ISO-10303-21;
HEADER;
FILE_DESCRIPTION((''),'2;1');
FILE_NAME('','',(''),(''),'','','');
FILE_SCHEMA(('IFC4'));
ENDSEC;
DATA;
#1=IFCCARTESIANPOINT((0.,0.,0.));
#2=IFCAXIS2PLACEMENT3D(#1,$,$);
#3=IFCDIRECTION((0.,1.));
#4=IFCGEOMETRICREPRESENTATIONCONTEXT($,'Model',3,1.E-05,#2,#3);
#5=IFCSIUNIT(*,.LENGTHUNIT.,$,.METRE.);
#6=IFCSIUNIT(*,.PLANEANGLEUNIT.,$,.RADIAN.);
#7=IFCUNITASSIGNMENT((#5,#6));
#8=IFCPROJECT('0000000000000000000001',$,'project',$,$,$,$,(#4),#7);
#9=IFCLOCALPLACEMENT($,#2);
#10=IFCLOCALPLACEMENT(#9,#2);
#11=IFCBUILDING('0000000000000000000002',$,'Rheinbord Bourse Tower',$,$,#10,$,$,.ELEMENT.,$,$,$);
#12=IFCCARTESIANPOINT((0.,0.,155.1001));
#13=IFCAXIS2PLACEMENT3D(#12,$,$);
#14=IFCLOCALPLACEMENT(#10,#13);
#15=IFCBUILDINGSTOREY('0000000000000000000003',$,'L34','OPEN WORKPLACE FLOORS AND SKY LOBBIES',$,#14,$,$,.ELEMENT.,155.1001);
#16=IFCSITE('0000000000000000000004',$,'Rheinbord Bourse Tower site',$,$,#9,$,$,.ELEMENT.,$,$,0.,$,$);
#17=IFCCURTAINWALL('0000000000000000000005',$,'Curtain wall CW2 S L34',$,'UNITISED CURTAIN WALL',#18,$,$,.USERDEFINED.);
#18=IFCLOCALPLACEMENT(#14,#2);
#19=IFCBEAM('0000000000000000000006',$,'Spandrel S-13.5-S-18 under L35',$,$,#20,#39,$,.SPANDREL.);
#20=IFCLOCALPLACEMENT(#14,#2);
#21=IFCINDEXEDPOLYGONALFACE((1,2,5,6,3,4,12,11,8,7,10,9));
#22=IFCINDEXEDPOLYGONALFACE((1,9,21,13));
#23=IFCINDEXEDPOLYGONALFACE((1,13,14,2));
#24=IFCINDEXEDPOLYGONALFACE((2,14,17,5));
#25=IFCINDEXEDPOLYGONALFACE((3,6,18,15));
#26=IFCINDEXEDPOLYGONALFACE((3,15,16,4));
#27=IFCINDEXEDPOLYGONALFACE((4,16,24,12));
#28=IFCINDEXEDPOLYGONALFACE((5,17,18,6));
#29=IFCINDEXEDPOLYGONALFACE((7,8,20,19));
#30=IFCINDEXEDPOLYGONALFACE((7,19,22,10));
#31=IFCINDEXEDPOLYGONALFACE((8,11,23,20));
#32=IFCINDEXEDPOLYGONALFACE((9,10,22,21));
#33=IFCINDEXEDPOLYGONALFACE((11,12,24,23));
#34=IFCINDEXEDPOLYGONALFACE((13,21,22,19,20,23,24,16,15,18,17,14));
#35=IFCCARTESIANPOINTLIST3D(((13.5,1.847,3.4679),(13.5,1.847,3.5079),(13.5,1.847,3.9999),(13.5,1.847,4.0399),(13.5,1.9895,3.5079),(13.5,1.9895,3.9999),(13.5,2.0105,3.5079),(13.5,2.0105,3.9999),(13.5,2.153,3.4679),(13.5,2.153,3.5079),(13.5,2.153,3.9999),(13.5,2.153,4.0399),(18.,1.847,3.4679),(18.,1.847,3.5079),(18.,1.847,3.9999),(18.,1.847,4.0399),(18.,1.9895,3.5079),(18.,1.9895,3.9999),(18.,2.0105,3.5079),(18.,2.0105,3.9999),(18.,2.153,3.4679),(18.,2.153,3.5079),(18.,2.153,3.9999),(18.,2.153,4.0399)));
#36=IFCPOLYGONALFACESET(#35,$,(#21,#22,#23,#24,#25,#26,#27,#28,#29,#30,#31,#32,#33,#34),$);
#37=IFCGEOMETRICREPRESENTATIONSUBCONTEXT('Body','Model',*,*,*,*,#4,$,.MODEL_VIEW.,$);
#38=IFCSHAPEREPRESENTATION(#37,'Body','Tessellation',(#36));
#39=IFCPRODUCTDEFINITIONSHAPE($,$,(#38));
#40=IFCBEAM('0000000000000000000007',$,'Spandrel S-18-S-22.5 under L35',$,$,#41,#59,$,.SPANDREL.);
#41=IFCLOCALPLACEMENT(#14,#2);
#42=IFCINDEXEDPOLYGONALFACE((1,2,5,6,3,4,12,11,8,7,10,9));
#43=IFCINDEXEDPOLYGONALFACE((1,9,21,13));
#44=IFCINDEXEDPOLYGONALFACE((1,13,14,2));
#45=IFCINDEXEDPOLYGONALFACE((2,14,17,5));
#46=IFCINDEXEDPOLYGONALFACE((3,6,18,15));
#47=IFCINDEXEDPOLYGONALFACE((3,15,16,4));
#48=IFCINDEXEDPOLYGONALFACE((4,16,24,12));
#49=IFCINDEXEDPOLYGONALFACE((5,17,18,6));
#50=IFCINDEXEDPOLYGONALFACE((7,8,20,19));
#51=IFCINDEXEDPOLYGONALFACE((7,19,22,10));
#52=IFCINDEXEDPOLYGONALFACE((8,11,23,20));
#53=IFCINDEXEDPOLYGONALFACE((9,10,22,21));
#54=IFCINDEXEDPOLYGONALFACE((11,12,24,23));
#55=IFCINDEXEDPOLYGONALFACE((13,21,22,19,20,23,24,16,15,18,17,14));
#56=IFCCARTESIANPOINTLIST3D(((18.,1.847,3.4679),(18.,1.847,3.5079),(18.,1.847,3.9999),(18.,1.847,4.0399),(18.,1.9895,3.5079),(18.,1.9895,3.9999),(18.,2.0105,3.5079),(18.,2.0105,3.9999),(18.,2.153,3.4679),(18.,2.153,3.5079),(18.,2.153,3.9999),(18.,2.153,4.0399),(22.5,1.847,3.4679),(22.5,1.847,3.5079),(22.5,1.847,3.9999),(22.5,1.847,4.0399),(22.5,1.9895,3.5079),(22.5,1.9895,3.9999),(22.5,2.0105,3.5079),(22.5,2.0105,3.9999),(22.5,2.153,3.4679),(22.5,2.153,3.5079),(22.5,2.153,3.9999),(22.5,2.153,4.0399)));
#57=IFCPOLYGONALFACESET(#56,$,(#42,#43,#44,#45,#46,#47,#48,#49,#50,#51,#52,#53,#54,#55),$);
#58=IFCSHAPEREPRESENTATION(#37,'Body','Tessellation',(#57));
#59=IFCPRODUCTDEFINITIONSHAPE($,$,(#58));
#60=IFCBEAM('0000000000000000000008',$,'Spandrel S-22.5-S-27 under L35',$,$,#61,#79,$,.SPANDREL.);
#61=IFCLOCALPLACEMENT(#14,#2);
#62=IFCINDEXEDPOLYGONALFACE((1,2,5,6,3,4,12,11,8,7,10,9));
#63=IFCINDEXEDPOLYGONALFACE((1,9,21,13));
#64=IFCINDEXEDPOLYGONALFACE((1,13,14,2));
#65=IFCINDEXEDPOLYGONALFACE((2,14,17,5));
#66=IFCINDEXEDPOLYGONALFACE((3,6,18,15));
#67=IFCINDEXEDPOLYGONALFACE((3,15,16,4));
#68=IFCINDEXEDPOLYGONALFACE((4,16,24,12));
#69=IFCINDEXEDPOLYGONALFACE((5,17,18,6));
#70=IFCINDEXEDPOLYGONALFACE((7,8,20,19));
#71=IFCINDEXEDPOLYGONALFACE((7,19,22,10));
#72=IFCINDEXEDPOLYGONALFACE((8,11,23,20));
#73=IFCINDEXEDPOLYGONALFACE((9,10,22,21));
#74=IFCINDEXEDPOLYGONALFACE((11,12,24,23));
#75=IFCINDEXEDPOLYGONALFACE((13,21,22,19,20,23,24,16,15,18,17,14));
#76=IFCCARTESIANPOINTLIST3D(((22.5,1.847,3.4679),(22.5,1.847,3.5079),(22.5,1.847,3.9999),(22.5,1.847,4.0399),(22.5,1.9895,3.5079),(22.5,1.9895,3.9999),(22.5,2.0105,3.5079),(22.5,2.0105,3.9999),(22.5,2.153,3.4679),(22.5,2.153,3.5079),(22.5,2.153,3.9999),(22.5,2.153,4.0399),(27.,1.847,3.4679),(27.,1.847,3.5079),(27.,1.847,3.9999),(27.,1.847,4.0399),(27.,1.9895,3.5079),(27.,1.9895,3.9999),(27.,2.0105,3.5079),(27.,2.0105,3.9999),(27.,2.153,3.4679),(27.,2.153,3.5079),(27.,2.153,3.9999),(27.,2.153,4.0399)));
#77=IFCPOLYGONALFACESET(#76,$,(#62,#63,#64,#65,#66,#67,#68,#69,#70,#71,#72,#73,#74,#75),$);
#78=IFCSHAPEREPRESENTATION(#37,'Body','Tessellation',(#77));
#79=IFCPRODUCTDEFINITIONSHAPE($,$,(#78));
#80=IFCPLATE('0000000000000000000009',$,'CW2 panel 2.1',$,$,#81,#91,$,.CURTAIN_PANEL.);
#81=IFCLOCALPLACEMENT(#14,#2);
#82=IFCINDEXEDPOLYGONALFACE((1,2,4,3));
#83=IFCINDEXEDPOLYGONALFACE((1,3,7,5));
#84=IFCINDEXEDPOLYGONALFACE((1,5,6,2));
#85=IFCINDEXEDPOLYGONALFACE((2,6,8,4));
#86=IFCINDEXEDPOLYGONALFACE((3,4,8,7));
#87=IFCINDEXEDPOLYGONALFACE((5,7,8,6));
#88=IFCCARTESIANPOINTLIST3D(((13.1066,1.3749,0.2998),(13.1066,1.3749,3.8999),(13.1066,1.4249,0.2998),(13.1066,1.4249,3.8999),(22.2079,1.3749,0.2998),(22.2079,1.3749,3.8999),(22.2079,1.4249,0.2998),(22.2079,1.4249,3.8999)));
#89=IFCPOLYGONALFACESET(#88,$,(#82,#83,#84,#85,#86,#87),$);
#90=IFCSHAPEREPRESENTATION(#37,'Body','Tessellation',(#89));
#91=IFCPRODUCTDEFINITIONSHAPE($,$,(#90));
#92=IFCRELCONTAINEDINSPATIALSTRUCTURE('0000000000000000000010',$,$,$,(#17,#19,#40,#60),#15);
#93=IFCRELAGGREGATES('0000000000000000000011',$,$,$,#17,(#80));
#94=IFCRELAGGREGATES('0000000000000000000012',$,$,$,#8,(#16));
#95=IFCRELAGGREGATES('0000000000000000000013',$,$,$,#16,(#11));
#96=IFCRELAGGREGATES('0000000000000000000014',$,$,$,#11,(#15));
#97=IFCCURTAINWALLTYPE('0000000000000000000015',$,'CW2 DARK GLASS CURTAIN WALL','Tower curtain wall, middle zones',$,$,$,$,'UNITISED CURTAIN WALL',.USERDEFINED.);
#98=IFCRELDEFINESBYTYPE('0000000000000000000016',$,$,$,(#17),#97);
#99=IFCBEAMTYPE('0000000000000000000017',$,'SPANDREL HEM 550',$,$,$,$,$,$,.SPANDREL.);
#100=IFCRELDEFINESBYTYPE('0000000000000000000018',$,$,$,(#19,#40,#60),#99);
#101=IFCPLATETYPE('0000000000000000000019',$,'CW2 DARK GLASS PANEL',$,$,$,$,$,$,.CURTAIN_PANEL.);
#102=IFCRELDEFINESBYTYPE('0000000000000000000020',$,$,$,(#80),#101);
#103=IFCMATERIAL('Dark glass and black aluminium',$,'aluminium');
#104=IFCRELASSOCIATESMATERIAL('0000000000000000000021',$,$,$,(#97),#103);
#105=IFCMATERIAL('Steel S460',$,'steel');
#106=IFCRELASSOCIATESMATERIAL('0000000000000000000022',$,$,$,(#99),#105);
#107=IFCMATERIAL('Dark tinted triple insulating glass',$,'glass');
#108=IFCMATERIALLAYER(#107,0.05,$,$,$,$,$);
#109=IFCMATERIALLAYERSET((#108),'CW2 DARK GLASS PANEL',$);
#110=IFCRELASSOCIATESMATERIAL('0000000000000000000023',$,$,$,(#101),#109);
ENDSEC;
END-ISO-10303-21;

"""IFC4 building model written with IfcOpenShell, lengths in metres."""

from ifc_helpers import new_model, si_unit, direction, frame, origin, origin_2d, place, context, subcontext, project, spatial, rectangle, i_section, extrude, material, layer, layer_set, material_profile, profile_set, type_object, element, aggregate, save


model = new_model("IFC4")

# Units and contexts
model_context = context("Model", 3, precision=1e-05, world=origin(), true_north=direction((0.0, 1.0)))
body_context = subcontext(model_context, "Body", "Model", "MODEL_VIEW")
ifc_project = project(units=[si_unit("LENGTHUNIT", "METRE"), si_unit("PLANEANGLEUNIT", "RADIAN")], contexts=[model_context])

# Site, building, storey
site_placement = place(None, origin())
site = spatial("IfcSite", under=ifc_project, at=site_placement, Name="Rheinbord Bourse Tower site", CompositionType="ELEMENT", RefElevation=0.0)
building_placement = place(site_placement, origin())
building = spatial("IfcBuilding", under=site, at=building_placement, Name="Rheinbord Bourse Tower", CompositionType="ELEMENT")
storey_placement = place(building_placement, frame((0.0, 0.0, 155.1001)))
storey = spatial("IfcBuildingStorey", under=building, at=storey_placement, Name="L34", Description="OPEN WORKPLACE FLOORS AND SKY LOBBIES", CompositionType="ELEMENT", Elevation=155.1001)

# Curtain wall
ifc_material_1 = material(Name="Dark glass and black aluminium", Category="aluminium")
curtain_wall_type = type_object("IfcCurtainWallType", Name="CW2 DARK GLASS CURTAIN WALL", Description="Tower curtain wall, middle zones", ElementType="UNITISED CURTAIN WALL", PredefinedType="USERDEFINED", material=ifc_material_1)
curtain_wall_placement = place(storey_placement, origin())
curtain_wall = element("IfcCurtainWall", 1, at=curtain_wall_placement, inside=storey, type_object=curtain_wall_type, Name="Curtain wall CW2 S L34", ObjectType="UNITISED CURTAIN WALL", PredefinedType="USERDEFINED")

# Beams
ifc_material_2 = material(Name="Steel S460", Category="steel")
ifc_material_profile_1 = material_profile(ifc_material_2, i_section(OverallWidth=0.3059, OverallDepth=0.572, WebThickness=0.021, FlangeThickness=0.04, at=origin_2d()), Name="HEM 550")
ifc_profile_set_1 = profile_set([ifc_material_profile_1], Name="Steel S460")
beam_type_1 = type_object("IfcBeamType", Name="SPANDREL HEM 550", PredefinedType="SPANDREL", material=ifc_profile_set_1)
for number, where, z_axis, x_axis, name in (
    (2, (13.5, 2.0, 3.7539), (1.0, 0.0, 0.0), (0.0, 1.0, 0.0), "Spandrel S-13.5-S-18 under L35"),
    (3, (18.0, 2.0, 3.7539), (1.0, 0.0, 0.0), (0.0, 1.0, 0.0), "Spandrel S-18-S-22.5 under L35"),
    (4, (22.5, 2.0, 3.7539), (1.0, 0.0, 0.0), (0.0, 1.0, 0.0), "Spandrel S-22.5-S-27 under L35"),
):
    element("IfcBeam", number, at=place(storey_placement, frame(where, z_axis=z_axis, x_axis=x_axis)), inside=storey, type_object=beam_type_1, Name=name, PredefinedType="SPANDREL", context=body_context, shape_type="SweptSolid", body=[
        extrude(i_section(OverallWidth=0.3059, OverallDepth=0.572, WebThickness=0.021, FlangeThickness=0.04, at=origin_2d()), origin(), (0.0, 0.0, 1.0), 4.5),
    ])

# Plate
ifc_material_3 = material(Name="Dark tinted triple insulating glass", Category="glass")
ifc_layer = layer(ifc_material_3, 0.05)
ifc_layer_set = layer_set([ifc_layer], Name="CW2 DARK GLASS PANEL")
plate_type = type_object("IfcPlateType", Name="CW2 DARK GLASS PANEL", PredefinedType="CURTAIN_PANEL", material=ifc_layer_set)
plate_placement = place(storey_placement, frame((17.6572, 1.3999, 0.2998), z_axis=(0.0, 0.0, 1.0), x_axis=(1.0, 0.0, 0.0)))
plate = element("IfcPlate", 5, at=plate_placement, type_object=plate_type, Name="CW2 panel 2.1", PredefinedType="CURTAIN_PANEL", context=body_context, shape_type="SweptSolid", body=[
    extrude(rectangle(XDim=9.1013, YDim=0.05, at=origin_2d()), origin(), (0.0, 0.0, 1.0), 3.6001),
])
aggregate(curtain_wall, [plate])

save(model, "model.ifc")
